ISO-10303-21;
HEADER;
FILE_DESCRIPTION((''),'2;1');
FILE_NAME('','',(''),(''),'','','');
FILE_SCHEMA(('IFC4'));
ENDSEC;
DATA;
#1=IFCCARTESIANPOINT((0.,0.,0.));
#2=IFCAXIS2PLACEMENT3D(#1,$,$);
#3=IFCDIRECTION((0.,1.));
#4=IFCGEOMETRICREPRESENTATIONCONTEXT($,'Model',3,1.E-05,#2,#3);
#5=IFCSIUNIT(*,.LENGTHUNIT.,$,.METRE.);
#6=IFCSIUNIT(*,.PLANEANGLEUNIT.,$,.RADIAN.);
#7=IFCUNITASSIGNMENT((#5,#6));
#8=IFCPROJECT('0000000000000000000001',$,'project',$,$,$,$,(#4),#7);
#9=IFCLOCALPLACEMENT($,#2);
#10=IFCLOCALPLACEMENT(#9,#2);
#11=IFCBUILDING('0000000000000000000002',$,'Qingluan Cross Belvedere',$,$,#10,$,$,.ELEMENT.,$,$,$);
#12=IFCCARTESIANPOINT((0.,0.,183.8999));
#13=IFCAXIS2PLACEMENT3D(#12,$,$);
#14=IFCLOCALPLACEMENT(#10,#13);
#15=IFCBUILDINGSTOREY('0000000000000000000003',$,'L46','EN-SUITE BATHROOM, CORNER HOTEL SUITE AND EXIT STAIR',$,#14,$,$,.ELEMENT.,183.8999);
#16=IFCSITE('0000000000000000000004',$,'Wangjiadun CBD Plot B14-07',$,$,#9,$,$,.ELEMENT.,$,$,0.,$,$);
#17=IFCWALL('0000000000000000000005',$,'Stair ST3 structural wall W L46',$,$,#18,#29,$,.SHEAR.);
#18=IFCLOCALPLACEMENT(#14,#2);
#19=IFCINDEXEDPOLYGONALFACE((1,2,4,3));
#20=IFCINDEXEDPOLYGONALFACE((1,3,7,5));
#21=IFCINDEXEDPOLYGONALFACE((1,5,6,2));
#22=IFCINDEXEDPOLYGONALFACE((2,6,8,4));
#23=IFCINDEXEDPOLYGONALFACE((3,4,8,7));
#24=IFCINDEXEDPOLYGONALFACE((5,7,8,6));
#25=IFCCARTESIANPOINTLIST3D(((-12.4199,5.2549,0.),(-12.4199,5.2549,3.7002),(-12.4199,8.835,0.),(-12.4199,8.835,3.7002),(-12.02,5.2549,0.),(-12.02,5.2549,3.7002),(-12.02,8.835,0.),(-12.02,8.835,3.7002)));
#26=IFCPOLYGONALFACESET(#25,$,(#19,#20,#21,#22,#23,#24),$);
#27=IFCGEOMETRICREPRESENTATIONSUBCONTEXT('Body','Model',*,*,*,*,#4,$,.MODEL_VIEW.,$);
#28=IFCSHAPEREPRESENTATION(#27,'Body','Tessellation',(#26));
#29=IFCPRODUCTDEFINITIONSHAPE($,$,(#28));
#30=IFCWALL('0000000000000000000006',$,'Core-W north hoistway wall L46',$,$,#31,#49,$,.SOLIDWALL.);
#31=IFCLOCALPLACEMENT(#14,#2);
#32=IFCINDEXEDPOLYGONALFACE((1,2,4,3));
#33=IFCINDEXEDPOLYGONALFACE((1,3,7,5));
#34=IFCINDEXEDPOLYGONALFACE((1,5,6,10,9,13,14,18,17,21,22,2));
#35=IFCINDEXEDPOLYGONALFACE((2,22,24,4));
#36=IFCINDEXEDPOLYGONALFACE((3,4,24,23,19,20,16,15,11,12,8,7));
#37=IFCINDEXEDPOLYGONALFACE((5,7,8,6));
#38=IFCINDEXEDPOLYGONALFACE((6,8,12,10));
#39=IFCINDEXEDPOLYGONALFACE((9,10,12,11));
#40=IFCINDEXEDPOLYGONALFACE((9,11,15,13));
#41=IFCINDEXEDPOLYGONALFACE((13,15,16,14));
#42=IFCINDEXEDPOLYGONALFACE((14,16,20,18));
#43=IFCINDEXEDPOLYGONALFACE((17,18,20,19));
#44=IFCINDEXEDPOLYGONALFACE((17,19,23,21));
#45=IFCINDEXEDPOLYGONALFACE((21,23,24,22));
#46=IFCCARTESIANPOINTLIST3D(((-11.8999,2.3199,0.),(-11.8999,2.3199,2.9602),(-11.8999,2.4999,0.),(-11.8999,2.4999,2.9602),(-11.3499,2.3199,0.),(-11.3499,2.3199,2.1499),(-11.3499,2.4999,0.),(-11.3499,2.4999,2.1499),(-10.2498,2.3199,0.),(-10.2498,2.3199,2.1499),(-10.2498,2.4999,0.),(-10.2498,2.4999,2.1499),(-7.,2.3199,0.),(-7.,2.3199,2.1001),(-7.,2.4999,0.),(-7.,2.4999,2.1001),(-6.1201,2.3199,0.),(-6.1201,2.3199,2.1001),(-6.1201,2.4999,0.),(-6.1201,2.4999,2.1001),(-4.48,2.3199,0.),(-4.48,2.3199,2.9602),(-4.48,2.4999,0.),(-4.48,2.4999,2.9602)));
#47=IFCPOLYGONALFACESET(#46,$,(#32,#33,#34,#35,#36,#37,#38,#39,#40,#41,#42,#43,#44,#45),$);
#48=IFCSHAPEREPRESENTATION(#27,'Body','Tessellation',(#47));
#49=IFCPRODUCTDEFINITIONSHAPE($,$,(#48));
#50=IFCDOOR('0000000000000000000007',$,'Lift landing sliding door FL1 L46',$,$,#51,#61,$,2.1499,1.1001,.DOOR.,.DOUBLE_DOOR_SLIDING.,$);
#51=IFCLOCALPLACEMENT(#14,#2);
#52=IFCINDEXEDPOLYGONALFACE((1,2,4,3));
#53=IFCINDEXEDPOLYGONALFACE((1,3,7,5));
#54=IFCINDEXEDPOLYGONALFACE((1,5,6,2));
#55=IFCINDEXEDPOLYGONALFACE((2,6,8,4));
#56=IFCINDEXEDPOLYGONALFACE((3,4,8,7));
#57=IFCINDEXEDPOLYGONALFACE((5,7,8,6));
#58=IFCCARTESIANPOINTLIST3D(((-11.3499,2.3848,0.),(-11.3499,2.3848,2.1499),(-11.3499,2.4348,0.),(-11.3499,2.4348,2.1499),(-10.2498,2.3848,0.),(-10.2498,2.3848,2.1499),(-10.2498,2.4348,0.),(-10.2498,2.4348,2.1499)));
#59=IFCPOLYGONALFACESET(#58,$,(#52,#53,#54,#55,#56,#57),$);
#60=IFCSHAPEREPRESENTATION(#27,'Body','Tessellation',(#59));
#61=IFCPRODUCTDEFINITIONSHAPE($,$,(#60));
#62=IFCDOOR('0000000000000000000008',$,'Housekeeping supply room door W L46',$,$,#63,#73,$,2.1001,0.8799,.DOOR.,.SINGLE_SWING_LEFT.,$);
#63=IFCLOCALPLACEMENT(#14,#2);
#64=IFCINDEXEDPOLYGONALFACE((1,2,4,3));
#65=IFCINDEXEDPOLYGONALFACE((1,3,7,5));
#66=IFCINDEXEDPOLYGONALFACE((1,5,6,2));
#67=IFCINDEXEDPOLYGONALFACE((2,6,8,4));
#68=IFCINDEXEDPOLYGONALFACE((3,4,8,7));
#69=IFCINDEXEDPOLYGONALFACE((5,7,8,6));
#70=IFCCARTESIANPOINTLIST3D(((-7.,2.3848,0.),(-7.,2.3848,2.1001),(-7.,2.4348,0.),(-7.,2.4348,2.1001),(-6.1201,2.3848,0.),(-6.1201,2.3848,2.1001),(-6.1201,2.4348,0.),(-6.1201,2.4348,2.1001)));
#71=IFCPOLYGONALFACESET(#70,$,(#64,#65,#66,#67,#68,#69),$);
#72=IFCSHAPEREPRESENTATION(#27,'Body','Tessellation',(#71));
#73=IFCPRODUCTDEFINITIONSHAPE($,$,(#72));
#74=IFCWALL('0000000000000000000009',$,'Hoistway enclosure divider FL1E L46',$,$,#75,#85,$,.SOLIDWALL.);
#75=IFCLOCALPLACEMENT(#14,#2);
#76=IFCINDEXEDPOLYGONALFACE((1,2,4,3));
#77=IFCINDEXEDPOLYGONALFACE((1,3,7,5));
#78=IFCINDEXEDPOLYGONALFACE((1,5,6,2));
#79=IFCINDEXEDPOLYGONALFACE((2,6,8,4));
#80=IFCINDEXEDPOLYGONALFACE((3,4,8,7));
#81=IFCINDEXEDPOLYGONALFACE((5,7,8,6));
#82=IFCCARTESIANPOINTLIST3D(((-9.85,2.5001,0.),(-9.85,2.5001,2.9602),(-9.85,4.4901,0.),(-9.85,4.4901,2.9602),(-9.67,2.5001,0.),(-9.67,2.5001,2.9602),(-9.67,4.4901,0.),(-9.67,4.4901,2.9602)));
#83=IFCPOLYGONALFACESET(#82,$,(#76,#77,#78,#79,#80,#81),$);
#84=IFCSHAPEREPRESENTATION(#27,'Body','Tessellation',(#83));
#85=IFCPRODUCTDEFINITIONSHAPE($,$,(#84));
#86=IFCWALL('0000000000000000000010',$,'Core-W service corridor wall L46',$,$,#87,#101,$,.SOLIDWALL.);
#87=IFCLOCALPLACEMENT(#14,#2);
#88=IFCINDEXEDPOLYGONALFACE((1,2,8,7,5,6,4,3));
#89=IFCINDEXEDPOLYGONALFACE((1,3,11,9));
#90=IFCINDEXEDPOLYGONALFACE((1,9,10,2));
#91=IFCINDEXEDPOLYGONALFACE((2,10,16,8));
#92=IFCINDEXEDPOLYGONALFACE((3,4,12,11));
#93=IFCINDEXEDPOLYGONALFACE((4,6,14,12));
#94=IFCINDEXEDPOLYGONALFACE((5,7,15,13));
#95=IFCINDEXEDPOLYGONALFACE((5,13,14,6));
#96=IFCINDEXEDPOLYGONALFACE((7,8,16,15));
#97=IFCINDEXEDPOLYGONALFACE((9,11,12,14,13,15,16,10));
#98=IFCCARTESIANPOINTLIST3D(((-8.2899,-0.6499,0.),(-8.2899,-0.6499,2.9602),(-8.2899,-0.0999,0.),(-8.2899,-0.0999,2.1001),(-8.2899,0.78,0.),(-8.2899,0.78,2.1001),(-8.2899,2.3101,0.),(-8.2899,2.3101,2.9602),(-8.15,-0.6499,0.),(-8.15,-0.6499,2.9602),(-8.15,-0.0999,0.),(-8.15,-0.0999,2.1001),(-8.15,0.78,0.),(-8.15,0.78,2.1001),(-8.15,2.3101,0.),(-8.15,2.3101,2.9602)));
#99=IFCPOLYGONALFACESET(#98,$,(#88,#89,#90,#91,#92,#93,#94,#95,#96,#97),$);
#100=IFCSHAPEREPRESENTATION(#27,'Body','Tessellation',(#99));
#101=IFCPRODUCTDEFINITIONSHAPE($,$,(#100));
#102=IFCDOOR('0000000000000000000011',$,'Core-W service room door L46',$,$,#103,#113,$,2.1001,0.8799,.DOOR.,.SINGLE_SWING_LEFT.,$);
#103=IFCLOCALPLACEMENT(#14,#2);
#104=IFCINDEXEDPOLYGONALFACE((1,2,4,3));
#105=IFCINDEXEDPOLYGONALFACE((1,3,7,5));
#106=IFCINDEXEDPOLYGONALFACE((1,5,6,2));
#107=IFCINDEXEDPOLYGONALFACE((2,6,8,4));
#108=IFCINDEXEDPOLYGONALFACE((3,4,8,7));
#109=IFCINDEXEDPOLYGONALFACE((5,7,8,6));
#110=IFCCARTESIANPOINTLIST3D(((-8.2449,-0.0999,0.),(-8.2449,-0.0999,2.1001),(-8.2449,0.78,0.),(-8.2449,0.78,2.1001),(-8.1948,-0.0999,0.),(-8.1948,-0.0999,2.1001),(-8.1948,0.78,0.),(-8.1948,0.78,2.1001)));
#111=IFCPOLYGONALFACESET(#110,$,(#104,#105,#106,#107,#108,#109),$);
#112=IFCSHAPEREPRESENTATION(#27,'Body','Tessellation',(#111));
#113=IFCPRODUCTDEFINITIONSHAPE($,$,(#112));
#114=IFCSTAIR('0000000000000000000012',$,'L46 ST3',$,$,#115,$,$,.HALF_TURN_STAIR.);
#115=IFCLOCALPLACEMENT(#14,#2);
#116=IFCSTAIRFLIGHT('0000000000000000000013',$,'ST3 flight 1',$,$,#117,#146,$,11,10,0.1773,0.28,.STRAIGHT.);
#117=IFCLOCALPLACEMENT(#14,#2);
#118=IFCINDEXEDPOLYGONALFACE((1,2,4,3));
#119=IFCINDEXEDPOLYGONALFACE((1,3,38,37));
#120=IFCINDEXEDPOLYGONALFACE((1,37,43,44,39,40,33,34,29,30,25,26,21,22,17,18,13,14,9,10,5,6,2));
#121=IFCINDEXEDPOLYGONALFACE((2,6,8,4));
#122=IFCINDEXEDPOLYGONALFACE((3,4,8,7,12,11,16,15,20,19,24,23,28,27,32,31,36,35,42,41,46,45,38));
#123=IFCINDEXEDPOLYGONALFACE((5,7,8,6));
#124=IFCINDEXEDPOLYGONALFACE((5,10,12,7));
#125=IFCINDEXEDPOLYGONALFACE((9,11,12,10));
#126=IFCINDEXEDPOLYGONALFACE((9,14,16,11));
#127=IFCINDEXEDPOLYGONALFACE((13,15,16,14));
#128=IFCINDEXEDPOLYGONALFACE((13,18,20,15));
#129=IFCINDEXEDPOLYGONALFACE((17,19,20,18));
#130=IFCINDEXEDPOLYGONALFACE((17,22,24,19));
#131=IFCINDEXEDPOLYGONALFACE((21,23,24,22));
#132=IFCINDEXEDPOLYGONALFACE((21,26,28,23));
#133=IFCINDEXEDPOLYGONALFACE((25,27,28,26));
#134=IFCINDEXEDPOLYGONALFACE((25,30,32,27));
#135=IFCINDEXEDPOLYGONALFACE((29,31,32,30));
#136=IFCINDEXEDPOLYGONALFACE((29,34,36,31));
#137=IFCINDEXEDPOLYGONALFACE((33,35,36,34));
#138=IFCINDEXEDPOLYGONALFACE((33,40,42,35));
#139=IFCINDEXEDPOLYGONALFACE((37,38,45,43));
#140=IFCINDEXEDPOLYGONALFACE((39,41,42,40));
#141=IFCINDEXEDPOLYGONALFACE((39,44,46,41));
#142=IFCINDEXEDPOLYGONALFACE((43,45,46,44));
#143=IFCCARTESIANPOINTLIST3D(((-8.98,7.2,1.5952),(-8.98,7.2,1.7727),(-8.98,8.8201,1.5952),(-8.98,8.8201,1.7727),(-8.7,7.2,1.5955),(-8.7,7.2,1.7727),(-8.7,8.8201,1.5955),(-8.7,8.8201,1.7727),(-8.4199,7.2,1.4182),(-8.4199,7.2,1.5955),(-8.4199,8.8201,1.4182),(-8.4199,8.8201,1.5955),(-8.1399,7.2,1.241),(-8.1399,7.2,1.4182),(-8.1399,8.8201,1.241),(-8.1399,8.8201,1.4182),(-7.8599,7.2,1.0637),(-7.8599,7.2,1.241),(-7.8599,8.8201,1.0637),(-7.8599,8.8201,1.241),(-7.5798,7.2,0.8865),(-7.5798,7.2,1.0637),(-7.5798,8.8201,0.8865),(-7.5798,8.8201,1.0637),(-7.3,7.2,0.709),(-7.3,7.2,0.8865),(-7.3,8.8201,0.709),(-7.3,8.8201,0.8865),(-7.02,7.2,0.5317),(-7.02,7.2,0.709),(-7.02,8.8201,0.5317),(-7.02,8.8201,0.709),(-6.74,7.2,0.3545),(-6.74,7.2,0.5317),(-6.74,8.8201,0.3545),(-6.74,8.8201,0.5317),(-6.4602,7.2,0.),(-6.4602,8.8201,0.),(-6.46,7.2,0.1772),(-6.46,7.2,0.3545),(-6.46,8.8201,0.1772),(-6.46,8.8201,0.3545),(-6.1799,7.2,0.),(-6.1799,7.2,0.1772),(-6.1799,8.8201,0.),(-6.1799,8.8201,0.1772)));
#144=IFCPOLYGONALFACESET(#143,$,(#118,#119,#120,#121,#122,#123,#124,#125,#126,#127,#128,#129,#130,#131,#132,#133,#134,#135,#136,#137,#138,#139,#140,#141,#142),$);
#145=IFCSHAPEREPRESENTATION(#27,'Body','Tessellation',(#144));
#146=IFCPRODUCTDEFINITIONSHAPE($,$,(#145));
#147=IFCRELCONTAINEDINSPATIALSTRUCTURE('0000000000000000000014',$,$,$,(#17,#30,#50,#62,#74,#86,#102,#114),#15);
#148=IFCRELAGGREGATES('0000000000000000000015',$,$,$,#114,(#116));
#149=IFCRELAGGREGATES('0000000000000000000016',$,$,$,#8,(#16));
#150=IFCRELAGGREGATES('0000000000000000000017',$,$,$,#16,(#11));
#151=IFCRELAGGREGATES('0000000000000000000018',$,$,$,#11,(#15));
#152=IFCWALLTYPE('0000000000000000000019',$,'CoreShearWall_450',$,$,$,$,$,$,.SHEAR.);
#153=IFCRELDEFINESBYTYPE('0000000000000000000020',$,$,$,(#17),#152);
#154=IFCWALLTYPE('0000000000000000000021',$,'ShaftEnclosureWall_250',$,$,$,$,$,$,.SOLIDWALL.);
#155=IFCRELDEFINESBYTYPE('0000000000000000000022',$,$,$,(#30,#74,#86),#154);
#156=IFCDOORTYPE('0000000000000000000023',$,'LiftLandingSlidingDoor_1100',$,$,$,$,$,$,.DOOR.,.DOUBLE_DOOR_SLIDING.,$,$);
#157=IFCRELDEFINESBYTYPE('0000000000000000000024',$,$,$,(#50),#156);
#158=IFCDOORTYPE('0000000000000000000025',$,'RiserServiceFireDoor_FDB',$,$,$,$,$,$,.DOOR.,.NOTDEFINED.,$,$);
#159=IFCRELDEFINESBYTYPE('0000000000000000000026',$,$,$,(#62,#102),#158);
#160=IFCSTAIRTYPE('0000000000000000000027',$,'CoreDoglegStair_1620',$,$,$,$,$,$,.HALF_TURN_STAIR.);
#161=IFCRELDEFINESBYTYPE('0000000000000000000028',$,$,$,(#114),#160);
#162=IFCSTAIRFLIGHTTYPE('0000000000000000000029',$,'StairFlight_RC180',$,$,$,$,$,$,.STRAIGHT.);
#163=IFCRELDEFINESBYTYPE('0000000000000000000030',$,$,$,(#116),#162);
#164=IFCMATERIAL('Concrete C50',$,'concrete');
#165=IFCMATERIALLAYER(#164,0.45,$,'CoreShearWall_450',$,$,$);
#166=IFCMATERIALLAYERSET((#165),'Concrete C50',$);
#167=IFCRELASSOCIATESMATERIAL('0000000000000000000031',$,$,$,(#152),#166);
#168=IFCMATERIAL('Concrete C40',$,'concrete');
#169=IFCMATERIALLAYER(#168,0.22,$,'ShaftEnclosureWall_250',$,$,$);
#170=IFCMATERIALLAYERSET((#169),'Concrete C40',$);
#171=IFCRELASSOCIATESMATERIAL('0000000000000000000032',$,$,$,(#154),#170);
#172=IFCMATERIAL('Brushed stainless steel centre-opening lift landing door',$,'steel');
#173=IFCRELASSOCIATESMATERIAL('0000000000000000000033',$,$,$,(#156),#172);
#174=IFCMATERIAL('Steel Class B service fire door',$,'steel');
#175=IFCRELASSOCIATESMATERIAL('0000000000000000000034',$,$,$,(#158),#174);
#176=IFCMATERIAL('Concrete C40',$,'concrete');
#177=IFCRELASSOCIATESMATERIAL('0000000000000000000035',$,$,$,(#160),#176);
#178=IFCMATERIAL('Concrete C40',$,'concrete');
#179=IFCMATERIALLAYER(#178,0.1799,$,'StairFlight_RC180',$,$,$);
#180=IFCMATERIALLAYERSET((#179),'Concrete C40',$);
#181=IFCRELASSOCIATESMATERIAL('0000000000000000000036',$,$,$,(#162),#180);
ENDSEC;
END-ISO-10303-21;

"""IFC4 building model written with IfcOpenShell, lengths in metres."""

from ifc_helpers import new_model, si_unit, direction, frame, frame_2d, origin, place, context, subcontext, project, spatial, polyline, rectangle, outline, extrude, material, layer, layer_set, type_object, element, fill, aggregate, save


model = new_model("IFC4")

# Units and contexts
model_context = context("Model", 3, precision=1e-05, world=origin(), true_north=direction((0.0, 1.0)))
body_context = subcontext(model_context, "Body", "Model", "MODEL_VIEW")
ifc_project = project(units=[si_unit("LENGTHUNIT", "METRE"), si_unit("PLANEANGLEUNIT", "RADIAN")], contexts=[model_context])

# Site, building, storey
site_placement = place(None, origin())
site = spatial("IfcSite", under=ifc_project, at=site_placement, Name="Wangjiadun CBD Plot B14-07", CompositionType="ELEMENT", RefElevation=0.0)
building_placement = place(site_placement, origin())
building = spatial("IfcBuilding", under=site, at=building_placement, Name="Qingluan Cross Belvedere", CompositionType="ELEMENT")
storey_placement = place(building_placement, frame((0.0, 0.0, 183.8999)))
storey = spatial("IfcBuildingStorey", under=building, at=storey_placement, Name="L46", Description="EN-SUITE BATHROOM, CORNER HOTEL SUITE AND EXIT STAIR", CompositionType="ELEMENT", Elevation=183.8999)

# Wall
ifc_material_1 = material(Name="Concrete C50", Category="concrete")
ifc_layer_1 = layer(ifc_material_1, 0.45, Name="CoreShearWall_450")
ifc_layer_set_1 = layer_set([ifc_layer_1], Name="Concrete C50")
wall_type_1 = type_object("IfcWallType", Name="CoreShearWall_450", PredefinedType="SHEAR", material=ifc_layer_set_1)
wall_1_placement = place(storey_placement, frame((-12.22, 5.2549, 0.0), z_axis=(0.0, 0.0, 1.0), x_axis=(0.0, 1.0, 0.0)))
element("IfcWall", 1, at=wall_1_placement, inside=storey, type_object=wall_type_1, Name="Stair ST3 structural wall W L46", PredefinedType="SHEAR", context=body_context, shape_type="SweptSolid", body=[
    extrude(rectangle(XDim=3.5801, YDim=0.3999, at=frame_2d((1.79, 0.0))), origin(), (0.0, 0.0, 1.0), 3.7002),
])

# Wall, openings, doors
ifc_material_2 = material(Name="Concrete C40", Category="concrete")
ifc_layer_2 = layer(ifc_material_2, 0.22, Name="ShaftEnclosureWall_250")
ifc_layer_set_2 = layer_set([ifc_layer_2], Name="Concrete C40")
wall_type_2 = type_object("IfcWallType", Name="ShaftEnclosureWall_250", PredefinedType="SOLIDWALL", material=ifc_layer_set_2)
wall_2_placement = place(storey_placement, frame((-11.8999, 2.4099, 0.0), z_axis=(0.0, 0.0, 1.0), x_axis=(1.0, 0.0, 0.0)))
wall_2 = element("IfcWall", 2, at=wall_2_placement, inside=storey, type_object=wall_type_2, Name="Core-W north hoistway wall L46", PredefinedType="SOLIDWALL", context=body_context, shape_type="SweptSolid", body=[
    extrude(rectangle(XDim=7.4199, YDim=0.1799, at=frame_2d((3.71, 0.0))), origin(), (0.0, 0.0, 1.0), 2.9602),
])
opening_1_placement = place(wall_2_placement, frame((0.55, 0.0, 0.0)))
opening_1 = element("IfcOpeningElement", 3, at=opening_1_placement, cuts=wall_2, PredefinedType="OPENING", context=body_context, shape_type="SweptSolid", body=[
    extrude(rectangle(XDim=1.1001, YDim=2.1499, at=frame_2d((0.55, 1.075))), frame((0.0, 0.0999, 0.0), z_axis=(0.0, -1.0, 0.0), x_axis=(1.0, 0.0, 0.0)), (0.0, 0.0, 1.0), 0.2),
])
opening_2_placement = place(wall_2_placement, frame((4.8999, 0.0, 0.0)))
opening_2 = element("IfcOpeningElement", 4, at=opening_2_placement, cuts=wall_2, PredefinedType="OPENING", context=body_context, shape_type="SweptSolid", body=[
    extrude(rectangle(XDim=0.8799, YDim=2.1001, at=frame_2d((0.4399, 1.05))), frame((0.0, 0.0999, 0.0), z_axis=(0.0, -1.0, 0.0), x_axis=(1.0, 0.0, 0.0)), (0.0, 0.0, 1.0), 0.2),
])
ifc_material_3 = material(Name="Brushed stainless steel centre-opening lift landing door", Category="steel")
door_type_1 = type_object("IfcDoorType", Name="LiftLandingSlidingDoor_1100", OperationType="DOUBLE_DOOR_SLIDING", PredefinedType="DOOR", material=ifc_material_3)
door_1_placement = place(opening_1_placement, origin())
door_1 = element("IfcDoor", 5, at=door_1_placement, inside=storey, type_object=door_type_1, Name="Lift landing sliding door FL1 L46", OperationType="DOUBLE_DOOR_SLIDING", OverallHeight=2.1499, OverallWidth=1.1001, PredefinedType="DOOR", context=body_context, shape_type="SweptSolid", body=[
    extrude(rectangle(XDim=1.1001, YDim=2.1499, at=frame_2d((0.55, 1.075))), frame((0.0, 0.0249, 0.0), z_axis=(0.0, -1.0, 0.0), x_axis=(1.0, 0.0, 0.0)), (0.0, 0.0, 1.0), 0.05),
])
fill(opening_1, door_1)
ifc_material_4 = material(Name="Steel Class B service fire door", Category="steel")
door_type_2 = type_object("IfcDoorType", Name="RiserServiceFireDoor_FDB", OperationType="NOTDEFINED", PredefinedType="DOOR", material=ifc_material_4)
door_2_placement = place(opening_2_placement, origin())
door_2 = element("IfcDoor", 6, at=door_2_placement, inside=storey, type_object=door_type_2, Name="Housekeeping supply room door W L46", OperationType="SINGLE_SWING_LEFT", OverallHeight=2.1001, OverallWidth=0.8799, PredefinedType="DOOR", context=body_context, shape_type="SweptSolid", body=[
    extrude(rectangle(XDim=0.8799, YDim=2.1001, at=frame_2d((0.4399, 1.05))), frame((0.0, 0.0249, 0.0), z_axis=(0.0, -1.0, 0.0), x_axis=(1.0, 0.0, 0.0)), (0.0, 0.0, 1.0), 0.05),
])
fill(opening_2, door_2)

# Wall
wall_3_placement = place(storey_placement, frame((-9.76, 2.5, 0.0), z_axis=(0.0, 0.0, 1.0), x_axis=(0.0, 1.0, 0.0)))
element("IfcWall", 7, at=wall_3_placement, inside=storey, type_object=wall_type_2, Name="Hoistway enclosure divider FL1E L46", PredefinedType="SOLIDWALL", context=body_context, shape_type="SweptSolid", body=[
    extrude(rectangle(XDim=1.99, YDim=0.1799, at=frame_2d((0.9951, 0.0))), origin(), (0.0, 0.0, 1.0), 2.9602),
])

# Wall, opening, door
wall_4_placement = place(storey_placement, frame((-8.22, -0.6499, 0.0), z_axis=(0.0, 0.0, 1.0), x_axis=(0.0, 1.0, 0.0)))
wall_4 = element("IfcWall", 8, at=wall_4_placement, inside=storey, type_object=wall_type_2, Name="Core-W service corridor wall L46", PredefinedType="SOLIDWALL", context=body_context, shape_type="SweptSolid", body=[
    extrude(rectangle(XDim=2.96, YDim=0.1399, at=frame_2d((1.48, 0.0))), origin(), (0.0, 0.0, 1.0), 2.9602),
])
opening_3_placement = place(wall_4_placement, frame((0.55, 0.0, 0.0)))
opening_3 = element("IfcOpeningElement", 9, at=opening_3_placement, cuts=wall_4, PredefinedType="OPENING", context=body_context, shape_type="SweptSolid", body=[
    extrude(rectangle(XDim=0.8799, YDim=2.1001, at=frame_2d((0.4399, 1.05))), frame((0.0, 0.0798, 0.0), z_axis=(0.0, -1.0, 0.0), x_axis=(1.0, 0.0, 0.0)), (0.0, 0.0, 1.0), 0.1599),
])
door_3_placement = place(opening_3_placement, origin())
door_3 = element("IfcDoor", 10, at=door_3_placement, inside=storey, type_object=door_type_2, Name="Core-W service room door L46", OperationType="SINGLE_SWING_LEFT", OverallHeight=2.1001, OverallWidth=0.8799, PredefinedType="DOOR", context=body_context, shape_type="SweptSolid", body=[
    extrude(rectangle(XDim=0.8799, YDim=2.1001, at=frame_2d((0.4399, 1.05))), frame((0.0, 0.0249, 0.0), z_axis=(0.0, -1.0, 0.0), x_axis=(1.0, 0.0, 0.0)), (0.0, 0.0, 1.0), 0.05),
])
fill(opening_3, door_3)

# Stair, stair flight
ifc_material_5 = material(Name="Concrete C40", Category="concrete")
stair_type = type_object("IfcStairType", Name="CoreDoglegStair_1620", PredefinedType="HALF_TURN_STAIR", material=ifc_material_5)
stair_placement = place(storey_placement, origin())
stair = element("IfcStair", 11, at=stair_placement, inside=storey, type_object=stair_type, Name="L46 ST3", PredefinedType="HALF_TURN_STAIR")
ifc_material_6 = material(Name="Concrete C40", Category="concrete")
ifc_layer_3 = layer(ifc_material_6, 0.1799, Name="StairFlight_RC180")
ifc_layer_set_3 = layer_set([ifc_layer_3], Name="Concrete C40")
stair_flight_type = type_object("IfcStairFlightType", Name="StairFlight_RC180", PredefinedType="STRAIGHT", material=ifc_layer_set_3)
stair_flight_1_placement = place(storey_placement, frame((-6.1799, 8.01, 0.0), z_axis=(0.0, 0.0, 1.0), x_axis=(-1.0, 0.0, 0.0)))
stair_flight_1 = element("IfcStairFlight", 12, at=stair_flight_1_placement, type_object=stair_flight_type, Name="ST3 flight 1", NumberOfRisers=11, NumberOfTreads=10, PredefinedType="STRAIGHT", RiserHeight=0.1773, TreadLength=0.28, context=body_context, shape_type="SweptSolid", body=[
    extrude(outline(polyline([(0.0, 0.0), (0.0, 0.1772), (0.28, 0.1772), (0.28, 0.3545), (0.5601, 0.3545), (0.5601, 0.5317), (0.8401, 0.5317), (0.8401, 0.709), (1.1201, 0.709), (1.1201, 0.8865), (1.3999, 0.8865), (1.3999, 1.0637), (1.6799, 1.0637), (1.6799, 1.241), (1.96, 1.241), (1.96, 1.4182), (2.24, 1.4182), (2.24, 1.5955), (2.52, 1.5955), (2.52, 1.7727), (2.8, 1.7727), (2.8, 1.95), (2.8, 1.5952), (0.2803, 0.0), (0.0, 0.0)])), frame((0.0, 0.8101, 0.0), z_axis=(0.0, -1.0, 0.0), x_axis=(1.0, 0.0, 0.0)), (0.0, 0.0, 1.0), 1.6201),
])
aggregate(stair, [stair_flight_1])

save(model, "model.ifc")
